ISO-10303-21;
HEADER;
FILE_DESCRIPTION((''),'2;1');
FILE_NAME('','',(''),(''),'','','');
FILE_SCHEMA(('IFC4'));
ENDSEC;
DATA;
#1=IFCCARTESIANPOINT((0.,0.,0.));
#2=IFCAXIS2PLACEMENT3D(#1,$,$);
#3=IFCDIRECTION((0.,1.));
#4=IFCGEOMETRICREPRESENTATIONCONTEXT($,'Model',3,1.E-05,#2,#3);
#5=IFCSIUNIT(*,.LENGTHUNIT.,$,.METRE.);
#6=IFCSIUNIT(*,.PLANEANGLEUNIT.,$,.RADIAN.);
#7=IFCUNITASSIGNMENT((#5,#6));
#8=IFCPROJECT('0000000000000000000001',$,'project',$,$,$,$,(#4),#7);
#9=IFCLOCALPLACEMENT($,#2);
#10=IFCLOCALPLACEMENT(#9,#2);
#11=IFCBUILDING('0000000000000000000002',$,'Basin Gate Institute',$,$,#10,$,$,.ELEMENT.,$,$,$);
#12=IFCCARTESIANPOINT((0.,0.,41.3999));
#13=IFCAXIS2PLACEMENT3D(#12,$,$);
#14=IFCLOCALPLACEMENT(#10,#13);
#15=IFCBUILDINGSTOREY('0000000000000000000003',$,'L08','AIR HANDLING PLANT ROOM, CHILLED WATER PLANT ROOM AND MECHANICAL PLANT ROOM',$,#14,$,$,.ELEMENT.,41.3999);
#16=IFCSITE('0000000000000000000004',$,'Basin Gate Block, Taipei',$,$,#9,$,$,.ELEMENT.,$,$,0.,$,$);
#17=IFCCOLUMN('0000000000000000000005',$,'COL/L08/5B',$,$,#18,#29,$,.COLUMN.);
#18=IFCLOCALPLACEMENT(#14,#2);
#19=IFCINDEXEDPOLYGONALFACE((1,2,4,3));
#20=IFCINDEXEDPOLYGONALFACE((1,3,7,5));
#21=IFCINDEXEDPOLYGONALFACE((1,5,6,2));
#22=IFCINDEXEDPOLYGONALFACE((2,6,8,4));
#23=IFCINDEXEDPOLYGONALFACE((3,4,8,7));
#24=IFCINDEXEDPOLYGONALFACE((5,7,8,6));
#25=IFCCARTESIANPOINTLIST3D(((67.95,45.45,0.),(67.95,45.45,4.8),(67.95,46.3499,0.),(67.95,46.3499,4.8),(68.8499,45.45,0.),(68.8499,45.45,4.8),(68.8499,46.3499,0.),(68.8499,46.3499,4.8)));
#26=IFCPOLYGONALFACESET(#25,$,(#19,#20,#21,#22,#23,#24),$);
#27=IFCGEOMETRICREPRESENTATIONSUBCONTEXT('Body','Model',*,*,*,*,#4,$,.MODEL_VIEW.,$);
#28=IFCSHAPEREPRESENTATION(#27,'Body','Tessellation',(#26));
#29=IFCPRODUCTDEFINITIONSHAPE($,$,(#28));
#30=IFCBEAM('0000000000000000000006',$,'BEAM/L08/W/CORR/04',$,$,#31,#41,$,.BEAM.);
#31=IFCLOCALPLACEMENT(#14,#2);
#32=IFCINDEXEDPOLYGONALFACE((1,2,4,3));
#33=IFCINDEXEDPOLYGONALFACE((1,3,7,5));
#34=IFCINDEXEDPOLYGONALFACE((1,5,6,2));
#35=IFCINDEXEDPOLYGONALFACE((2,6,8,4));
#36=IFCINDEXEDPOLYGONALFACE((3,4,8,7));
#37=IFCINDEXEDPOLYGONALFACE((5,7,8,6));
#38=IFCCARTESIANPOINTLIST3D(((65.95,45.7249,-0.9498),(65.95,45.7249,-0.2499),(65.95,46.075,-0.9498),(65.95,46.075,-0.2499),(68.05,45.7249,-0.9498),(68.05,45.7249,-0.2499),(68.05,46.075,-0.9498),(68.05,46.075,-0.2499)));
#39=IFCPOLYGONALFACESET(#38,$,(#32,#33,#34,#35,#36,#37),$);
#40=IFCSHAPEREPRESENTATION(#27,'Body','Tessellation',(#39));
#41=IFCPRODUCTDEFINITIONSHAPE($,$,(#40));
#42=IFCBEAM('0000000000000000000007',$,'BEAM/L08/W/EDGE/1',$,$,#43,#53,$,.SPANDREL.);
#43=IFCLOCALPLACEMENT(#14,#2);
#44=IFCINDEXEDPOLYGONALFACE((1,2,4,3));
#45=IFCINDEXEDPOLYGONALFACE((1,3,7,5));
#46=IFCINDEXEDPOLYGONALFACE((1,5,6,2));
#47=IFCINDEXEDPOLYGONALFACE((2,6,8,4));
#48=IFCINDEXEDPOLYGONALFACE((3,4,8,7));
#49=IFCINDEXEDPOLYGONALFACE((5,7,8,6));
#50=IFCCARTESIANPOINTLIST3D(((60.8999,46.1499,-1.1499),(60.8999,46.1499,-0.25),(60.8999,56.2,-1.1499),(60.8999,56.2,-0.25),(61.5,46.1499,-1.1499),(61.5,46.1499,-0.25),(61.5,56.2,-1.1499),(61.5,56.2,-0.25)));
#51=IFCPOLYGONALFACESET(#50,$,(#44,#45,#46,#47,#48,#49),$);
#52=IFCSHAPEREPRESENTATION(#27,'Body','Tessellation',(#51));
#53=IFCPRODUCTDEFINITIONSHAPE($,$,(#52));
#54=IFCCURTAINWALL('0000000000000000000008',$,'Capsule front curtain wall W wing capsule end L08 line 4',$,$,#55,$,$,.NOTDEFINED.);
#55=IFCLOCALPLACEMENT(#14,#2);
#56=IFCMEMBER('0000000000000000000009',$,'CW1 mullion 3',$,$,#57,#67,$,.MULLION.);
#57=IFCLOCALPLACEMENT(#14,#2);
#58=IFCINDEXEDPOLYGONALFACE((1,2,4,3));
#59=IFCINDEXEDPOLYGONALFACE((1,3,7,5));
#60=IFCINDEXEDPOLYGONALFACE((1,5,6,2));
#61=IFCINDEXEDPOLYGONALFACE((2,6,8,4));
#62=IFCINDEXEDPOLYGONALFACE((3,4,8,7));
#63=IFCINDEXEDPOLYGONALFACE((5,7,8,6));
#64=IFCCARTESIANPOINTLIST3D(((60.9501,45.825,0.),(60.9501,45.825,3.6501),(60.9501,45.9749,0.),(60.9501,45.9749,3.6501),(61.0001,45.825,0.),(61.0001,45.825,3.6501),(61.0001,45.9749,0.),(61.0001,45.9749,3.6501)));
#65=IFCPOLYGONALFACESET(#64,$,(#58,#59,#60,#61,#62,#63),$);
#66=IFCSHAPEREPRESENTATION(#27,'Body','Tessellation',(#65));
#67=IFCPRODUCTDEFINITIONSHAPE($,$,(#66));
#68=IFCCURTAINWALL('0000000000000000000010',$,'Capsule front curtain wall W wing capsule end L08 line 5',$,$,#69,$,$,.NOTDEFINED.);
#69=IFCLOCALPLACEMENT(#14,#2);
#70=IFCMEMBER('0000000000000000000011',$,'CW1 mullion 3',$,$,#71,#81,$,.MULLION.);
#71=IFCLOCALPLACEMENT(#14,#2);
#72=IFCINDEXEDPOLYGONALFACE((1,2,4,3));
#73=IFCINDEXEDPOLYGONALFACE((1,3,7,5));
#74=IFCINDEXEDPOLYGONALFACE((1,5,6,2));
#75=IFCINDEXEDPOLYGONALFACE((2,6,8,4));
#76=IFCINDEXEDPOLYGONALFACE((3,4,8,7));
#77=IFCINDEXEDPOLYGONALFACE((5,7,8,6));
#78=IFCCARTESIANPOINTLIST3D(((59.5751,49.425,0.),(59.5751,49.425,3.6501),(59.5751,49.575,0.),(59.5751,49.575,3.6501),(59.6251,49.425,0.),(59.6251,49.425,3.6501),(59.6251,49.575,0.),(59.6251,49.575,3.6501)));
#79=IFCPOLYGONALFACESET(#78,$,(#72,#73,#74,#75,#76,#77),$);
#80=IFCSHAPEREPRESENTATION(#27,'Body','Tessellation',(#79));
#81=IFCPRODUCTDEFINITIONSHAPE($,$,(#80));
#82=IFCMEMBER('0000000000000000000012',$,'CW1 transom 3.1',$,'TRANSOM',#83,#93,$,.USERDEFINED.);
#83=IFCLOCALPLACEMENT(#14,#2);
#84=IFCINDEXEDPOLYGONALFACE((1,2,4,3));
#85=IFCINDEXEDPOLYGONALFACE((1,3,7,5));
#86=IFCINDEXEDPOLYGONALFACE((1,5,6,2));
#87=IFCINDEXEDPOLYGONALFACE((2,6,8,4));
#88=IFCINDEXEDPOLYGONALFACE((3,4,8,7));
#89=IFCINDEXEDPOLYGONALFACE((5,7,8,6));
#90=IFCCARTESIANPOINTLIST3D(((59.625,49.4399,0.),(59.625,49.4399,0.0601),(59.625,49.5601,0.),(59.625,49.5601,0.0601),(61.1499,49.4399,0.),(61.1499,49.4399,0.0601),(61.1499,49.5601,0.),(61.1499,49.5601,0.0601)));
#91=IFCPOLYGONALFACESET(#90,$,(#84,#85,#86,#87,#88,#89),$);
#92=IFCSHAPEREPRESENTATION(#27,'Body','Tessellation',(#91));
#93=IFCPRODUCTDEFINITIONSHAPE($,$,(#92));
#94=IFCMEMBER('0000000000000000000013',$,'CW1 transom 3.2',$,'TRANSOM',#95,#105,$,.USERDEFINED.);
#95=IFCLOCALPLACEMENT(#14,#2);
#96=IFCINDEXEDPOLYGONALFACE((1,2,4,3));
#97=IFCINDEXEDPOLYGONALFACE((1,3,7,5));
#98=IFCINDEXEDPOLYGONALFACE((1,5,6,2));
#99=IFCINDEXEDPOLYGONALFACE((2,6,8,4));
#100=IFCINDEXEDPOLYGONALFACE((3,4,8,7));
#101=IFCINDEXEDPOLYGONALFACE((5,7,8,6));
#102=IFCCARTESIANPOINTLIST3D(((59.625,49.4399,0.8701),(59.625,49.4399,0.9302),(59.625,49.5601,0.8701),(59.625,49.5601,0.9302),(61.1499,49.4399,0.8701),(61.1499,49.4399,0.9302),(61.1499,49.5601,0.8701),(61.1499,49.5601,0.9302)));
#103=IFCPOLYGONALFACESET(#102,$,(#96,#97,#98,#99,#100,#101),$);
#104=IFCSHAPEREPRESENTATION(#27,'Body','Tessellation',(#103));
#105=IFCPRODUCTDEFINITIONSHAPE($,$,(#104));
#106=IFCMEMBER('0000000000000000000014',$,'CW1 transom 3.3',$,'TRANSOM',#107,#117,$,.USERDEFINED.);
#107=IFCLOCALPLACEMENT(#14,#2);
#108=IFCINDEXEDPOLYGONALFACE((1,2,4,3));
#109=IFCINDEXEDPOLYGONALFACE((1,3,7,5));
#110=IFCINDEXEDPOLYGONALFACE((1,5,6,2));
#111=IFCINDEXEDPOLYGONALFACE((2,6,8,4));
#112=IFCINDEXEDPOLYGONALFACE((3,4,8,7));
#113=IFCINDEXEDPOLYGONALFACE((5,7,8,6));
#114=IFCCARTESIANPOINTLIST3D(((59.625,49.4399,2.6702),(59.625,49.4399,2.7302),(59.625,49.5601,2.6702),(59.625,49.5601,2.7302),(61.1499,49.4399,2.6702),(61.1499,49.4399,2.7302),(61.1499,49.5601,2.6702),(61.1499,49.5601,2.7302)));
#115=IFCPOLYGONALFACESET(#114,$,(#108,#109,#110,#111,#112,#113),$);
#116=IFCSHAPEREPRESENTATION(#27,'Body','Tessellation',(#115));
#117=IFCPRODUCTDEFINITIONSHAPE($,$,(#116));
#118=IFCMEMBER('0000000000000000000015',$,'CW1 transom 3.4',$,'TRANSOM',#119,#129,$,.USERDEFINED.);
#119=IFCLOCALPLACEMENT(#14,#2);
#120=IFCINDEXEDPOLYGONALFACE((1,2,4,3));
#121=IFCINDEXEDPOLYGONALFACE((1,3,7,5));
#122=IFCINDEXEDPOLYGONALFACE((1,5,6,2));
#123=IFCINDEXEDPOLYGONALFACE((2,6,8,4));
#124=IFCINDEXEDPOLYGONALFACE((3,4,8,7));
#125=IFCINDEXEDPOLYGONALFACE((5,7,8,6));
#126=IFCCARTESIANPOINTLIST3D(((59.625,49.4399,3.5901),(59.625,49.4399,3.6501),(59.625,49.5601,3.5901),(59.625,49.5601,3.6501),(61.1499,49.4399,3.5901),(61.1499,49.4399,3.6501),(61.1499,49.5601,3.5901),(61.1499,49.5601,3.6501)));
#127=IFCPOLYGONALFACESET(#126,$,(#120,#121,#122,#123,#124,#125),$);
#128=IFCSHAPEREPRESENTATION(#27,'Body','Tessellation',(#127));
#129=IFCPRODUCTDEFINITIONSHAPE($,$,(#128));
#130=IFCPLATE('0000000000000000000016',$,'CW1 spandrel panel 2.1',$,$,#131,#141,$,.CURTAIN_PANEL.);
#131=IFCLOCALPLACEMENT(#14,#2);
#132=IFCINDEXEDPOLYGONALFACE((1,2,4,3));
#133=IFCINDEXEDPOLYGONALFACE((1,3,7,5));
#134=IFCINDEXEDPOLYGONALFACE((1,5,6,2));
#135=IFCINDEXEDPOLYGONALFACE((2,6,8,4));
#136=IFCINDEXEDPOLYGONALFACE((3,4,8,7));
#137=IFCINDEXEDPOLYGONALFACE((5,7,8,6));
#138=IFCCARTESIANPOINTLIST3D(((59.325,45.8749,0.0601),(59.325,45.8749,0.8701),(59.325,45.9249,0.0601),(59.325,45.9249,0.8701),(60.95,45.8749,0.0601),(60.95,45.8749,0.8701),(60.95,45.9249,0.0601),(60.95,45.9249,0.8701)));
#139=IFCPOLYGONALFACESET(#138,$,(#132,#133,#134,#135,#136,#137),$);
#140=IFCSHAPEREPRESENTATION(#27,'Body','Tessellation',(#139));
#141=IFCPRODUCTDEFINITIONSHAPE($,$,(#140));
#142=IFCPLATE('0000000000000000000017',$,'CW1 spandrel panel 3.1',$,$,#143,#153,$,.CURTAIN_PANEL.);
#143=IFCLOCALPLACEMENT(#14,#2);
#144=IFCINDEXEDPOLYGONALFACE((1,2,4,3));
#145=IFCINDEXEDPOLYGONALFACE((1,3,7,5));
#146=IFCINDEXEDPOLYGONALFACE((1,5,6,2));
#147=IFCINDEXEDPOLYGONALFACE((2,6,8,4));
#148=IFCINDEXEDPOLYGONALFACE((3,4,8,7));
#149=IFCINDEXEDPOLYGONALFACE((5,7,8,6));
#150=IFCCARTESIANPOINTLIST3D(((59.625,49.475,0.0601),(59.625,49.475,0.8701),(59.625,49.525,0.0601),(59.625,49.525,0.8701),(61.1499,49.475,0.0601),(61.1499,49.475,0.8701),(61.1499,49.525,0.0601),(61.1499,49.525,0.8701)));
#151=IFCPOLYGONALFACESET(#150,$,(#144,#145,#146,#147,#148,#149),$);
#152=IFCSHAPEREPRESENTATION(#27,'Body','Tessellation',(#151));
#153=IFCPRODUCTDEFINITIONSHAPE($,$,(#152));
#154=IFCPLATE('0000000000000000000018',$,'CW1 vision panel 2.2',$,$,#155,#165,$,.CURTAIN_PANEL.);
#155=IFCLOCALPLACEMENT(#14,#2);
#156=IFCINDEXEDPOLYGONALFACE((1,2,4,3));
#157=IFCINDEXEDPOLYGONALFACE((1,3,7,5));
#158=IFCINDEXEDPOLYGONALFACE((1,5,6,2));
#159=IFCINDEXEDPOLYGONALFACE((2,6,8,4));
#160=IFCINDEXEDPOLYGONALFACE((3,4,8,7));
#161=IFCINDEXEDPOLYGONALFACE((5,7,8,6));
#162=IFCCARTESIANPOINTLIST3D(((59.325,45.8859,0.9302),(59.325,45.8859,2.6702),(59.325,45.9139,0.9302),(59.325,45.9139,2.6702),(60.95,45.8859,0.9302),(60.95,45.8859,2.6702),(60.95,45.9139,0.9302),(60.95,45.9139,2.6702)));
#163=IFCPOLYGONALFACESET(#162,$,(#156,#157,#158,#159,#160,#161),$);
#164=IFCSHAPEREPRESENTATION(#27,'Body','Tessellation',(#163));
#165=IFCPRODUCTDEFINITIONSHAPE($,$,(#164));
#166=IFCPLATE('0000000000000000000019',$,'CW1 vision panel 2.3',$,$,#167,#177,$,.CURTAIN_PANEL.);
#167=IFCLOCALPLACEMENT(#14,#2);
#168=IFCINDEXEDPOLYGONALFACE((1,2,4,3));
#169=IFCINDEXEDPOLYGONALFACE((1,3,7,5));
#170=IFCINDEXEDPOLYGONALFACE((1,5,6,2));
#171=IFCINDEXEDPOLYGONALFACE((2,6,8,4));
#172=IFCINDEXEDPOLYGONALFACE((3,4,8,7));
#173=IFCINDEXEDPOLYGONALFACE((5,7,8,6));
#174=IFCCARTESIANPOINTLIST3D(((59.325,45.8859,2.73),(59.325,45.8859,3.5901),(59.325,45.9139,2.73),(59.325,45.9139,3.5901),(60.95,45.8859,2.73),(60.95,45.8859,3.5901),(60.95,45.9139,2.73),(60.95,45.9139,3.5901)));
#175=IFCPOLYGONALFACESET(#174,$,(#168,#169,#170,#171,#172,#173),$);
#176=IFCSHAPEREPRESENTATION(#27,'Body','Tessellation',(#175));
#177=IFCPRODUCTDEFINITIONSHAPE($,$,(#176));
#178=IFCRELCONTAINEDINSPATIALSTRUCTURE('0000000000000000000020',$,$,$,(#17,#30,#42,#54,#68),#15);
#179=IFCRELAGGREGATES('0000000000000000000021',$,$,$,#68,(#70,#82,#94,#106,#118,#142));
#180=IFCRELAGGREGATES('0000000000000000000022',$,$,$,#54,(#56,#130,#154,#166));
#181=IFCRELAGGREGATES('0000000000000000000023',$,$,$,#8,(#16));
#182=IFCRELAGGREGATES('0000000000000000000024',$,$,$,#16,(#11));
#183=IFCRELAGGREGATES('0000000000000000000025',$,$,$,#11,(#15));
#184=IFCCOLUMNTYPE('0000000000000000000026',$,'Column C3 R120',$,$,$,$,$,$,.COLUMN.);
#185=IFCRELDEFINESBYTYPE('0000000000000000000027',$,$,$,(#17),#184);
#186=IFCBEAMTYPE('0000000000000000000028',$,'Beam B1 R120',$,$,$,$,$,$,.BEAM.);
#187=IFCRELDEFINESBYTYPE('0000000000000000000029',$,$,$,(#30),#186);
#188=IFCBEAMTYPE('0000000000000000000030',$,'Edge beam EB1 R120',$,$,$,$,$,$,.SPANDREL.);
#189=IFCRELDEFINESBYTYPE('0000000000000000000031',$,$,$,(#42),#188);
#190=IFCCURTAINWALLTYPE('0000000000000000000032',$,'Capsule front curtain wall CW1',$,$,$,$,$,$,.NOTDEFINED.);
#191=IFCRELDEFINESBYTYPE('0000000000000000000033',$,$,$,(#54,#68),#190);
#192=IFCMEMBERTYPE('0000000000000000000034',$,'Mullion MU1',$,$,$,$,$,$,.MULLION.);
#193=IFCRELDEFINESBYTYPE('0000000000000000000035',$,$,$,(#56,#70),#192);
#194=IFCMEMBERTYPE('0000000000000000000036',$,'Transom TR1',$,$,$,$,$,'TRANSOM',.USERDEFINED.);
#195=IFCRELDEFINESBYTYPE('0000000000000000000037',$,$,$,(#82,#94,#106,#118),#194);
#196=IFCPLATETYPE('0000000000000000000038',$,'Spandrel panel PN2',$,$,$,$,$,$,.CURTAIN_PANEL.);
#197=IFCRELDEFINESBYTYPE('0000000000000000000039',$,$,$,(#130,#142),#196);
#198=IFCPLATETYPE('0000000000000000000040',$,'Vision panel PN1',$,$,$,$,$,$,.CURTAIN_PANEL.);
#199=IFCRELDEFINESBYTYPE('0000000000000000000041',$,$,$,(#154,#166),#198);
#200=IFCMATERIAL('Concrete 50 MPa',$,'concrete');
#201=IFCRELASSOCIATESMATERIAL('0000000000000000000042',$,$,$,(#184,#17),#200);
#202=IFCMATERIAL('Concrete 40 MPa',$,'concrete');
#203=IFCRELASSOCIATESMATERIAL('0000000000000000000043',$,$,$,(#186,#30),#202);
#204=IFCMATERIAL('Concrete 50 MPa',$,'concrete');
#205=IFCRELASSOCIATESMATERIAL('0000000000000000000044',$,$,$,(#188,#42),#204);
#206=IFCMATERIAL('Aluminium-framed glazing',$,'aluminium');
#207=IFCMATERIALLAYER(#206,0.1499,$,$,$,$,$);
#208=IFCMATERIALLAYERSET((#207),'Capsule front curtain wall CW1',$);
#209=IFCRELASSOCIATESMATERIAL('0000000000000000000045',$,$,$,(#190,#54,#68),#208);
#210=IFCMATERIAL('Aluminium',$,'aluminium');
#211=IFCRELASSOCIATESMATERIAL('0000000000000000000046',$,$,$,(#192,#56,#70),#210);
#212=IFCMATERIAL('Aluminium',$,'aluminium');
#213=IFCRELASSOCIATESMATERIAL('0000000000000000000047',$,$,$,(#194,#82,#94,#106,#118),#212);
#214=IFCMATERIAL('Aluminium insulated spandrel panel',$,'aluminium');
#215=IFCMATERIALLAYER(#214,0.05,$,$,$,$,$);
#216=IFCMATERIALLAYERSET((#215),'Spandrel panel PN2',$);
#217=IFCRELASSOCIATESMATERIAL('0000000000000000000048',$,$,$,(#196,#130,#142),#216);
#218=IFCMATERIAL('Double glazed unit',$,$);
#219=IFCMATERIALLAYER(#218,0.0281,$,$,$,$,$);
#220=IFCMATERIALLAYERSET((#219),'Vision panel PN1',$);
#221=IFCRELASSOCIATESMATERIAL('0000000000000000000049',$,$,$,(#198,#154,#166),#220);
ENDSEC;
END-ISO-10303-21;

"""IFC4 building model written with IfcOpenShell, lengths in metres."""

from ifc_helpers import new_model, si_unit, direction, frame, origin, origin_2d, place, context, subcontext, project, spatial, rectangle, extrude, material, layer, layer_set, material_profile, profile_set, type_object, element, aggregate, save


model = new_model("IFC4")

# Units and contexts
model_context = context("Model", 3, precision=1e-05, world=origin(), true_north=direction((0.0, 1.0)))
body_context = subcontext(model_context, "Body", "Model", "MODEL_VIEW")
ifc_project = project(units=[si_unit("LENGTHUNIT", "METRE"), si_unit("PLANEANGLEUNIT", "RADIAN")], contexts=[model_context])

# Site, building, storey
site_placement = place(None, origin())
site = spatial("IfcSite", under=ifc_project, at=site_placement, Name="Basin Gate Block, Taipei", CompositionType="ELEMENT", RefElevation=0.0)
building_placement = place(site_placement, origin())
building = spatial("IfcBuilding", under=site, at=building_placement, Name="Basin Gate Institute", CompositionType="ELEMENT")
storey_placement = place(building_placement, frame((0.0, 0.0, 41.3999)))
storey = spatial("IfcBuildingStorey", under=building, at=storey_placement, Name="L08", Description="AIR HANDLING PLANT ROOM, CHILLED WATER PLANT ROOM AND MECHANICAL PLANT ROOM", CompositionType="ELEMENT", Elevation=41.3999)

# Column
ifc_material_1 = material(Name="Concrete 50 MPa", Category="concrete")
ifc_material_profile_1 = material_profile(ifc_material_1, rectangle(XDim=0.8999, YDim=0.8999, at=origin_2d()), Name="Column C3 900 x 900")
ifc_profile_set_1 = profile_set([ifc_material_profile_1], Name="Concrete 50 MPa")
column_type = type_object("IfcColumnType", Name="Column C3 R120", PredefinedType="COLUMN", material=ifc_profile_set_1)
column_placement = place(storey_placement, frame((68.3999, 45.8999, 0.0), z_axis=(0.0, 0.0, 1.0), x_axis=(1.0, 0.0, 0.0)))
element("IfcColumn", 1, at=column_placement, inside=storey, type_object=column_type, material=ifc_profile_set_1, Name="COL/L08/5B", PredefinedType="COLUMN", context=body_context, shape_type="SweptSolid", body=[
    extrude(rectangle(XDim=0.8999, YDim=0.8999, at=origin_2d()), origin(), (0.0, 0.0, 1.0), 4.8),
])

# Beams
ifc_material_2 = material(Name="Concrete 40 MPa", Category="concrete")
ifc_material_profile_2 = material_profile(ifc_material_2, rectangle(XDim=0.3501, YDim=0.7, at=origin_2d()), Name="Beam B1 350 x 700")
ifc_profile_set_2 = profile_set([ifc_material_profile_2], Name="Concrete 40 MPa")
beam_type_1 = type_object("IfcBeamType", Name="Beam B1 R120", PredefinedType="BEAM", material=ifc_profile_set_2)
beam_1_placement = place(storey_placement, frame((65.95, 45.8999, -0.5999), z_axis=(1.0, 0.0, 0.0), x_axis=(0.0, 1.0, 0.0)))
element("IfcBeam", 2, at=beam_1_placement, inside=storey, type_object=beam_type_1, material=ifc_profile_set_2, Name="BEAM/L08/W/CORR/04", PredefinedType="BEAM", context=body_context, shape_type="SweptSolid", body=[
    extrude(rectangle(XDim=0.3501, YDim=0.7, at=origin_2d()), origin(), (0.0, 0.0, 1.0), 2.1001),
])
ifc_material_3 = material(Name="Concrete 50 MPa", Category="concrete")
ifc_material_profile_3 = material_profile(ifc_material_3, rectangle(XDim=0.6001, YDim=0.8999, at=origin_2d()), Name="Edge beam EB1 600 x 900")
ifc_profile_set_3 = profile_set([ifc_material_profile_3], Name="Concrete 50 MPa")
beam_type_2 = type_object("IfcBeamType", Name="Edge beam EB1 R120", PredefinedType="SPANDREL", material=ifc_profile_set_3)
beam_2_placement = place(storey_placement, frame((61.2, 46.1499, -0.7), z_axis=(0.0, 1.0, 0.0), x_axis=(-1.0, 0.0, 0.0)))
element("IfcBeam", 3, at=beam_2_placement, inside=storey, type_object=beam_type_2, material=ifc_profile_set_3, Name="BEAM/L08/W/EDGE/1", PredefinedType="SPANDREL", context=body_context, shape_type="SweptSolid", body=[
    extrude(rectangle(XDim=0.6001, YDim=0.8999, at=origin_2d()), origin(), (0.0, 0.0, 1.0), 10.05),
])

# Curtain wall, member
ifc_material_4 = material(Name="Aluminium-framed glazing", Category="aluminium")
ifc_layer_1 = layer(ifc_material_4, 0.1499)
ifc_layer_set_1 = layer_set([ifc_layer_1], Name="Capsule front curtain wall CW1")
curtain_wall_type = type_object("IfcCurtainWallType", Name="Capsule front curtain wall CW1", PredefinedType="NOTDEFINED", material=ifc_layer_set_1)
curtain_wall_1_placement = place(storey_placement, origin())
curtain_wall_1 = element("IfcCurtainWall", 4, at=curtain_wall_1_placement, inside=storey, type_object=curtain_wall_type, material=ifc_layer_set_1, Name="Capsule front curtain wall W wing capsule end L08 line 4", PredefinedType="NOTDEFINED")
ifc_material_5 = material(Name="Aluminium", Category="aluminium")
ifc_material_profile_4 = material_profile(ifc_material_5, rectangle(XDim=0.1499, YDim=0.05, at=origin_2d()), Name="Mullion MU1 150 x 50")
ifc_profile_set_4 = profile_set([ifc_material_profile_4], Name="Aluminium")
member_type_1 = type_object("IfcMemberType", Name="Mullion MU1", PredefinedType="MULLION", material=ifc_profile_set_4)
member_1_placement = place(storey_placement, frame((60.9751, 45.8999, 0.0), z_axis=(0.0, 0.0, 1.0), x_axis=(0.0, 1.0, 0.0)))
member_1 = element("IfcMember", 5, at=member_1_placement, type_object=member_type_1, material=ifc_profile_set_4, Name="CW1 mullion 3", PredefinedType="MULLION", context=body_context, shape_type="SweptSolid", body=[
    extrude(rectangle(XDim=0.1499, YDim=0.05, at=origin_2d()), origin(), (0.0, 0.0, 1.0), 3.6501),
])

# Curtain wall, members
curtain_wall_2_placement = place(storey_placement, origin())
curtain_wall_2 = element("IfcCurtainWall", 6, at=curtain_wall_2_placement, inside=storey, type_object=curtain_wall_type, material=ifc_layer_set_1, Name="Capsule front curtain wall W wing capsule end L08 line 5", PredefinedType="NOTDEFINED")
member_2_placement = place(storey_placement, frame((59.6001, 49.5, 0.0), z_axis=(0.0, 0.0, 1.0), x_axis=(0.0, 1.0, 0.0)))
member_2 = element("IfcMember", 7, at=member_2_placement, type_object=member_type_1, material=ifc_profile_set_4, Name="CW1 mullion 3", PredefinedType="MULLION", context=body_context, shape_type="SweptSolid", body=[
    extrude(rectangle(XDim=0.1499, YDim=0.05, at=origin_2d()), origin(), (0.0, 0.0, 1.0), 3.6501),
])
ifc_material_6 = material(Name="Aluminium", Category="aluminium")
ifc_material_profile_5 = material_profile(ifc_material_6, rectangle(XDim=0.1201, YDim=0.0601, at=origin_2d()), Name="Transom TR1 120 x 60")
ifc_profile_set_5 = profile_set([ifc_material_profile_5], Name="Aluminium")
member_type_2 = type_object("IfcMemberType", Name="Transom TR1", ElementType="TRANSOM", PredefinedType="USERDEFINED", material=ifc_profile_set_5)
member_3_placement = place(storey_placement, frame((59.625, 49.5, 0.03), z_axis=(1.0, 0.0, 0.0), x_axis=(0.0, 1.0, 0.0)))
member_3 = element("IfcMember", 8, at=member_3_placement, type_object=member_type_2, material=ifc_profile_set_5, Name="CW1 transom 3.1", ObjectType="TRANSOM", PredefinedType="USERDEFINED", context=body_context, shape_type="SweptSolid", body=[
    extrude(rectangle(XDim=0.1201, YDim=0.0601, at=origin_2d()), origin(), (0.0, 0.0, 1.0), 1.5249),
])
member_4_placement = place(storey_placement, frame((59.625, 49.5, 0.9001), z_axis=(1.0, 0.0, 0.0), x_axis=(0.0, 1.0, 0.0)))
member_4 = element("IfcMember", 9, at=member_4_placement, type_object=member_type_2, material=ifc_profile_set_5, Name="CW1 transom 3.2", ObjectType="TRANSOM", PredefinedType="USERDEFINED", context=body_context, shape_type="SweptSolid", body=[
    extrude(rectangle(XDim=0.1201, YDim=0.0601, at=origin_2d()), origin(), (0.0, 0.0, 1.0), 1.5249),
])
member_5_placement = place(storey_placement, frame((59.625, 49.5, 2.7002), z_axis=(1.0, 0.0, 0.0), x_axis=(0.0, 1.0, 0.0)))
member_5 = element("IfcMember", 10, at=member_5_placement, type_object=member_type_2, material=ifc_profile_set_5, Name="CW1 transom 3.3", ObjectType="TRANSOM", PredefinedType="USERDEFINED", context=body_context, shape_type="SweptSolid", body=[
    extrude(rectangle(XDim=0.1201, YDim=0.0601, at=origin_2d()), origin(), (0.0, 0.0, 1.0), 1.5249),
])
member_6_placement = place(storey_placement, frame((59.625, 49.5, 3.6201), z_axis=(1.0, 0.0, 0.0), x_axis=(0.0, 1.0, 0.0)))
member_6 = element("IfcMember", 11, at=member_6_placement, type_object=member_type_2, material=ifc_profile_set_5, Name="CW1 transom 3.4", ObjectType="TRANSOM", PredefinedType="USERDEFINED", context=body_context, shape_type="SweptSolid", body=[
    extrude(rectangle(XDim=0.1201, YDim=0.0601, at=origin_2d()), origin(), (0.0, 0.0, 1.0), 1.5249),
])

# Plates
ifc_material_7 = material(Name="Aluminium insulated spandrel panel", Category="aluminium")
ifc_layer_2 = layer(ifc_material_7, 0.05)
ifc_layer_set_2 = layer_set([ifc_layer_2], Name="Spandrel panel PN2")
plate_type_1 = type_object("IfcPlateType", Name="Spandrel panel PN2", PredefinedType="CURTAIN_PANEL", material=ifc_layer_set_2)
plate_1_placement = place(storey_placement, frame((60.1375, 45.8999, 0.0601), z_axis=(0.0, 0.0, 1.0), x_axis=(1.0, 0.0, 0.0)))
plate_1 = element("IfcPlate", 12, at=plate_1_placement, type_object=plate_type_1, material=ifc_layer_set_2, Name="CW1 spandrel panel 2.1", PredefinedType="CURTAIN_PANEL", context=body_context, shape_type="SweptSolid", body=[
    extrude(rectangle(XDim=1.625, YDim=0.05, at=origin_2d()), origin(), (0.0, 0.0, 1.0), 0.8101),
])
plate_2_placement = place(storey_placement, frame((60.3875, 49.5, 0.0601), z_axis=(0.0, 0.0, 1.0), x_axis=(1.0, 0.0, 0.0)))
plate_2 = element("IfcPlate", 13, at=plate_2_placement, type_object=plate_type_1, material=ifc_layer_set_2, Name="CW1 spandrel panel 3.1", PredefinedType="CURTAIN_PANEL", context=body_context, shape_type="SweptSolid", body=[
    extrude(rectangle(XDim=1.5249, YDim=0.05, at=origin_2d()), origin(), (0.0, 0.0, 1.0), 0.8101),
])
aggregate(curtain_wall_2, [member_2, member_3, member_4, member_5, member_6, plate_2])
ifc_material_8 = material(Name="Double glazed unit")
ifc_layer_3 = layer(ifc_material_8, 0.0281)
ifc_layer_set_3 = layer_set([ifc_layer_3], Name="Vision panel PN1")
plate_type_2 = type_object("IfcPlateType", Name="Vision panel PN1", PredefinedType="CURTAIN_PANEL", material=ifc_layer_set_3)
plate_3_placement = place(storey_placement, frame((60.1375, 45.8999, 0.9302), z_axis=(0.0, 0.0, 1.0), x_axis=(1.0, 0.0, 0.0)))
plate_3 = element("IfcPlate", 14, at=plate_3_placement, type_object=plate_type_2, material=ifc_layer_set_3, Name="CW1 vision panel 2.2", PredefinedType="CURTAIN_PANEL", context=body_context, shape_type="SweptSolid", body=[
    extrude(rectangle(XDim=1.625, YDim=0.0281, at=origin_2d()), origin(), (0.0, 0.0, 1.0), 1.74),
])
plate_4_placement = place(storey_placement, frame((60.1375, 45.8999, 2.73), z_axis=(0.0, 0.0, 1.0), x_axis=(1.0, 0.0, 0.0)))
plate_4 = element("IfcPlate", 15, at=plate_4_placement, type_object=plate_type_2, material=ifc_layer_set_3, Name="CW1 vision panel 2.3", PredefinedType="CURTAIN_PANEL", context=body_context, shape_type="SweptSolid", body=[
    extrude(rectangle(XDim=1.625, YDim=0.0281, at=origin_2d()), origin(), (0.0, 0.0, 1.0), 0.8601),
])
aggregate(curtain_wall_1, [member_1, plate_1, plate_3, plate_4])

save(model, "model.ifc")
